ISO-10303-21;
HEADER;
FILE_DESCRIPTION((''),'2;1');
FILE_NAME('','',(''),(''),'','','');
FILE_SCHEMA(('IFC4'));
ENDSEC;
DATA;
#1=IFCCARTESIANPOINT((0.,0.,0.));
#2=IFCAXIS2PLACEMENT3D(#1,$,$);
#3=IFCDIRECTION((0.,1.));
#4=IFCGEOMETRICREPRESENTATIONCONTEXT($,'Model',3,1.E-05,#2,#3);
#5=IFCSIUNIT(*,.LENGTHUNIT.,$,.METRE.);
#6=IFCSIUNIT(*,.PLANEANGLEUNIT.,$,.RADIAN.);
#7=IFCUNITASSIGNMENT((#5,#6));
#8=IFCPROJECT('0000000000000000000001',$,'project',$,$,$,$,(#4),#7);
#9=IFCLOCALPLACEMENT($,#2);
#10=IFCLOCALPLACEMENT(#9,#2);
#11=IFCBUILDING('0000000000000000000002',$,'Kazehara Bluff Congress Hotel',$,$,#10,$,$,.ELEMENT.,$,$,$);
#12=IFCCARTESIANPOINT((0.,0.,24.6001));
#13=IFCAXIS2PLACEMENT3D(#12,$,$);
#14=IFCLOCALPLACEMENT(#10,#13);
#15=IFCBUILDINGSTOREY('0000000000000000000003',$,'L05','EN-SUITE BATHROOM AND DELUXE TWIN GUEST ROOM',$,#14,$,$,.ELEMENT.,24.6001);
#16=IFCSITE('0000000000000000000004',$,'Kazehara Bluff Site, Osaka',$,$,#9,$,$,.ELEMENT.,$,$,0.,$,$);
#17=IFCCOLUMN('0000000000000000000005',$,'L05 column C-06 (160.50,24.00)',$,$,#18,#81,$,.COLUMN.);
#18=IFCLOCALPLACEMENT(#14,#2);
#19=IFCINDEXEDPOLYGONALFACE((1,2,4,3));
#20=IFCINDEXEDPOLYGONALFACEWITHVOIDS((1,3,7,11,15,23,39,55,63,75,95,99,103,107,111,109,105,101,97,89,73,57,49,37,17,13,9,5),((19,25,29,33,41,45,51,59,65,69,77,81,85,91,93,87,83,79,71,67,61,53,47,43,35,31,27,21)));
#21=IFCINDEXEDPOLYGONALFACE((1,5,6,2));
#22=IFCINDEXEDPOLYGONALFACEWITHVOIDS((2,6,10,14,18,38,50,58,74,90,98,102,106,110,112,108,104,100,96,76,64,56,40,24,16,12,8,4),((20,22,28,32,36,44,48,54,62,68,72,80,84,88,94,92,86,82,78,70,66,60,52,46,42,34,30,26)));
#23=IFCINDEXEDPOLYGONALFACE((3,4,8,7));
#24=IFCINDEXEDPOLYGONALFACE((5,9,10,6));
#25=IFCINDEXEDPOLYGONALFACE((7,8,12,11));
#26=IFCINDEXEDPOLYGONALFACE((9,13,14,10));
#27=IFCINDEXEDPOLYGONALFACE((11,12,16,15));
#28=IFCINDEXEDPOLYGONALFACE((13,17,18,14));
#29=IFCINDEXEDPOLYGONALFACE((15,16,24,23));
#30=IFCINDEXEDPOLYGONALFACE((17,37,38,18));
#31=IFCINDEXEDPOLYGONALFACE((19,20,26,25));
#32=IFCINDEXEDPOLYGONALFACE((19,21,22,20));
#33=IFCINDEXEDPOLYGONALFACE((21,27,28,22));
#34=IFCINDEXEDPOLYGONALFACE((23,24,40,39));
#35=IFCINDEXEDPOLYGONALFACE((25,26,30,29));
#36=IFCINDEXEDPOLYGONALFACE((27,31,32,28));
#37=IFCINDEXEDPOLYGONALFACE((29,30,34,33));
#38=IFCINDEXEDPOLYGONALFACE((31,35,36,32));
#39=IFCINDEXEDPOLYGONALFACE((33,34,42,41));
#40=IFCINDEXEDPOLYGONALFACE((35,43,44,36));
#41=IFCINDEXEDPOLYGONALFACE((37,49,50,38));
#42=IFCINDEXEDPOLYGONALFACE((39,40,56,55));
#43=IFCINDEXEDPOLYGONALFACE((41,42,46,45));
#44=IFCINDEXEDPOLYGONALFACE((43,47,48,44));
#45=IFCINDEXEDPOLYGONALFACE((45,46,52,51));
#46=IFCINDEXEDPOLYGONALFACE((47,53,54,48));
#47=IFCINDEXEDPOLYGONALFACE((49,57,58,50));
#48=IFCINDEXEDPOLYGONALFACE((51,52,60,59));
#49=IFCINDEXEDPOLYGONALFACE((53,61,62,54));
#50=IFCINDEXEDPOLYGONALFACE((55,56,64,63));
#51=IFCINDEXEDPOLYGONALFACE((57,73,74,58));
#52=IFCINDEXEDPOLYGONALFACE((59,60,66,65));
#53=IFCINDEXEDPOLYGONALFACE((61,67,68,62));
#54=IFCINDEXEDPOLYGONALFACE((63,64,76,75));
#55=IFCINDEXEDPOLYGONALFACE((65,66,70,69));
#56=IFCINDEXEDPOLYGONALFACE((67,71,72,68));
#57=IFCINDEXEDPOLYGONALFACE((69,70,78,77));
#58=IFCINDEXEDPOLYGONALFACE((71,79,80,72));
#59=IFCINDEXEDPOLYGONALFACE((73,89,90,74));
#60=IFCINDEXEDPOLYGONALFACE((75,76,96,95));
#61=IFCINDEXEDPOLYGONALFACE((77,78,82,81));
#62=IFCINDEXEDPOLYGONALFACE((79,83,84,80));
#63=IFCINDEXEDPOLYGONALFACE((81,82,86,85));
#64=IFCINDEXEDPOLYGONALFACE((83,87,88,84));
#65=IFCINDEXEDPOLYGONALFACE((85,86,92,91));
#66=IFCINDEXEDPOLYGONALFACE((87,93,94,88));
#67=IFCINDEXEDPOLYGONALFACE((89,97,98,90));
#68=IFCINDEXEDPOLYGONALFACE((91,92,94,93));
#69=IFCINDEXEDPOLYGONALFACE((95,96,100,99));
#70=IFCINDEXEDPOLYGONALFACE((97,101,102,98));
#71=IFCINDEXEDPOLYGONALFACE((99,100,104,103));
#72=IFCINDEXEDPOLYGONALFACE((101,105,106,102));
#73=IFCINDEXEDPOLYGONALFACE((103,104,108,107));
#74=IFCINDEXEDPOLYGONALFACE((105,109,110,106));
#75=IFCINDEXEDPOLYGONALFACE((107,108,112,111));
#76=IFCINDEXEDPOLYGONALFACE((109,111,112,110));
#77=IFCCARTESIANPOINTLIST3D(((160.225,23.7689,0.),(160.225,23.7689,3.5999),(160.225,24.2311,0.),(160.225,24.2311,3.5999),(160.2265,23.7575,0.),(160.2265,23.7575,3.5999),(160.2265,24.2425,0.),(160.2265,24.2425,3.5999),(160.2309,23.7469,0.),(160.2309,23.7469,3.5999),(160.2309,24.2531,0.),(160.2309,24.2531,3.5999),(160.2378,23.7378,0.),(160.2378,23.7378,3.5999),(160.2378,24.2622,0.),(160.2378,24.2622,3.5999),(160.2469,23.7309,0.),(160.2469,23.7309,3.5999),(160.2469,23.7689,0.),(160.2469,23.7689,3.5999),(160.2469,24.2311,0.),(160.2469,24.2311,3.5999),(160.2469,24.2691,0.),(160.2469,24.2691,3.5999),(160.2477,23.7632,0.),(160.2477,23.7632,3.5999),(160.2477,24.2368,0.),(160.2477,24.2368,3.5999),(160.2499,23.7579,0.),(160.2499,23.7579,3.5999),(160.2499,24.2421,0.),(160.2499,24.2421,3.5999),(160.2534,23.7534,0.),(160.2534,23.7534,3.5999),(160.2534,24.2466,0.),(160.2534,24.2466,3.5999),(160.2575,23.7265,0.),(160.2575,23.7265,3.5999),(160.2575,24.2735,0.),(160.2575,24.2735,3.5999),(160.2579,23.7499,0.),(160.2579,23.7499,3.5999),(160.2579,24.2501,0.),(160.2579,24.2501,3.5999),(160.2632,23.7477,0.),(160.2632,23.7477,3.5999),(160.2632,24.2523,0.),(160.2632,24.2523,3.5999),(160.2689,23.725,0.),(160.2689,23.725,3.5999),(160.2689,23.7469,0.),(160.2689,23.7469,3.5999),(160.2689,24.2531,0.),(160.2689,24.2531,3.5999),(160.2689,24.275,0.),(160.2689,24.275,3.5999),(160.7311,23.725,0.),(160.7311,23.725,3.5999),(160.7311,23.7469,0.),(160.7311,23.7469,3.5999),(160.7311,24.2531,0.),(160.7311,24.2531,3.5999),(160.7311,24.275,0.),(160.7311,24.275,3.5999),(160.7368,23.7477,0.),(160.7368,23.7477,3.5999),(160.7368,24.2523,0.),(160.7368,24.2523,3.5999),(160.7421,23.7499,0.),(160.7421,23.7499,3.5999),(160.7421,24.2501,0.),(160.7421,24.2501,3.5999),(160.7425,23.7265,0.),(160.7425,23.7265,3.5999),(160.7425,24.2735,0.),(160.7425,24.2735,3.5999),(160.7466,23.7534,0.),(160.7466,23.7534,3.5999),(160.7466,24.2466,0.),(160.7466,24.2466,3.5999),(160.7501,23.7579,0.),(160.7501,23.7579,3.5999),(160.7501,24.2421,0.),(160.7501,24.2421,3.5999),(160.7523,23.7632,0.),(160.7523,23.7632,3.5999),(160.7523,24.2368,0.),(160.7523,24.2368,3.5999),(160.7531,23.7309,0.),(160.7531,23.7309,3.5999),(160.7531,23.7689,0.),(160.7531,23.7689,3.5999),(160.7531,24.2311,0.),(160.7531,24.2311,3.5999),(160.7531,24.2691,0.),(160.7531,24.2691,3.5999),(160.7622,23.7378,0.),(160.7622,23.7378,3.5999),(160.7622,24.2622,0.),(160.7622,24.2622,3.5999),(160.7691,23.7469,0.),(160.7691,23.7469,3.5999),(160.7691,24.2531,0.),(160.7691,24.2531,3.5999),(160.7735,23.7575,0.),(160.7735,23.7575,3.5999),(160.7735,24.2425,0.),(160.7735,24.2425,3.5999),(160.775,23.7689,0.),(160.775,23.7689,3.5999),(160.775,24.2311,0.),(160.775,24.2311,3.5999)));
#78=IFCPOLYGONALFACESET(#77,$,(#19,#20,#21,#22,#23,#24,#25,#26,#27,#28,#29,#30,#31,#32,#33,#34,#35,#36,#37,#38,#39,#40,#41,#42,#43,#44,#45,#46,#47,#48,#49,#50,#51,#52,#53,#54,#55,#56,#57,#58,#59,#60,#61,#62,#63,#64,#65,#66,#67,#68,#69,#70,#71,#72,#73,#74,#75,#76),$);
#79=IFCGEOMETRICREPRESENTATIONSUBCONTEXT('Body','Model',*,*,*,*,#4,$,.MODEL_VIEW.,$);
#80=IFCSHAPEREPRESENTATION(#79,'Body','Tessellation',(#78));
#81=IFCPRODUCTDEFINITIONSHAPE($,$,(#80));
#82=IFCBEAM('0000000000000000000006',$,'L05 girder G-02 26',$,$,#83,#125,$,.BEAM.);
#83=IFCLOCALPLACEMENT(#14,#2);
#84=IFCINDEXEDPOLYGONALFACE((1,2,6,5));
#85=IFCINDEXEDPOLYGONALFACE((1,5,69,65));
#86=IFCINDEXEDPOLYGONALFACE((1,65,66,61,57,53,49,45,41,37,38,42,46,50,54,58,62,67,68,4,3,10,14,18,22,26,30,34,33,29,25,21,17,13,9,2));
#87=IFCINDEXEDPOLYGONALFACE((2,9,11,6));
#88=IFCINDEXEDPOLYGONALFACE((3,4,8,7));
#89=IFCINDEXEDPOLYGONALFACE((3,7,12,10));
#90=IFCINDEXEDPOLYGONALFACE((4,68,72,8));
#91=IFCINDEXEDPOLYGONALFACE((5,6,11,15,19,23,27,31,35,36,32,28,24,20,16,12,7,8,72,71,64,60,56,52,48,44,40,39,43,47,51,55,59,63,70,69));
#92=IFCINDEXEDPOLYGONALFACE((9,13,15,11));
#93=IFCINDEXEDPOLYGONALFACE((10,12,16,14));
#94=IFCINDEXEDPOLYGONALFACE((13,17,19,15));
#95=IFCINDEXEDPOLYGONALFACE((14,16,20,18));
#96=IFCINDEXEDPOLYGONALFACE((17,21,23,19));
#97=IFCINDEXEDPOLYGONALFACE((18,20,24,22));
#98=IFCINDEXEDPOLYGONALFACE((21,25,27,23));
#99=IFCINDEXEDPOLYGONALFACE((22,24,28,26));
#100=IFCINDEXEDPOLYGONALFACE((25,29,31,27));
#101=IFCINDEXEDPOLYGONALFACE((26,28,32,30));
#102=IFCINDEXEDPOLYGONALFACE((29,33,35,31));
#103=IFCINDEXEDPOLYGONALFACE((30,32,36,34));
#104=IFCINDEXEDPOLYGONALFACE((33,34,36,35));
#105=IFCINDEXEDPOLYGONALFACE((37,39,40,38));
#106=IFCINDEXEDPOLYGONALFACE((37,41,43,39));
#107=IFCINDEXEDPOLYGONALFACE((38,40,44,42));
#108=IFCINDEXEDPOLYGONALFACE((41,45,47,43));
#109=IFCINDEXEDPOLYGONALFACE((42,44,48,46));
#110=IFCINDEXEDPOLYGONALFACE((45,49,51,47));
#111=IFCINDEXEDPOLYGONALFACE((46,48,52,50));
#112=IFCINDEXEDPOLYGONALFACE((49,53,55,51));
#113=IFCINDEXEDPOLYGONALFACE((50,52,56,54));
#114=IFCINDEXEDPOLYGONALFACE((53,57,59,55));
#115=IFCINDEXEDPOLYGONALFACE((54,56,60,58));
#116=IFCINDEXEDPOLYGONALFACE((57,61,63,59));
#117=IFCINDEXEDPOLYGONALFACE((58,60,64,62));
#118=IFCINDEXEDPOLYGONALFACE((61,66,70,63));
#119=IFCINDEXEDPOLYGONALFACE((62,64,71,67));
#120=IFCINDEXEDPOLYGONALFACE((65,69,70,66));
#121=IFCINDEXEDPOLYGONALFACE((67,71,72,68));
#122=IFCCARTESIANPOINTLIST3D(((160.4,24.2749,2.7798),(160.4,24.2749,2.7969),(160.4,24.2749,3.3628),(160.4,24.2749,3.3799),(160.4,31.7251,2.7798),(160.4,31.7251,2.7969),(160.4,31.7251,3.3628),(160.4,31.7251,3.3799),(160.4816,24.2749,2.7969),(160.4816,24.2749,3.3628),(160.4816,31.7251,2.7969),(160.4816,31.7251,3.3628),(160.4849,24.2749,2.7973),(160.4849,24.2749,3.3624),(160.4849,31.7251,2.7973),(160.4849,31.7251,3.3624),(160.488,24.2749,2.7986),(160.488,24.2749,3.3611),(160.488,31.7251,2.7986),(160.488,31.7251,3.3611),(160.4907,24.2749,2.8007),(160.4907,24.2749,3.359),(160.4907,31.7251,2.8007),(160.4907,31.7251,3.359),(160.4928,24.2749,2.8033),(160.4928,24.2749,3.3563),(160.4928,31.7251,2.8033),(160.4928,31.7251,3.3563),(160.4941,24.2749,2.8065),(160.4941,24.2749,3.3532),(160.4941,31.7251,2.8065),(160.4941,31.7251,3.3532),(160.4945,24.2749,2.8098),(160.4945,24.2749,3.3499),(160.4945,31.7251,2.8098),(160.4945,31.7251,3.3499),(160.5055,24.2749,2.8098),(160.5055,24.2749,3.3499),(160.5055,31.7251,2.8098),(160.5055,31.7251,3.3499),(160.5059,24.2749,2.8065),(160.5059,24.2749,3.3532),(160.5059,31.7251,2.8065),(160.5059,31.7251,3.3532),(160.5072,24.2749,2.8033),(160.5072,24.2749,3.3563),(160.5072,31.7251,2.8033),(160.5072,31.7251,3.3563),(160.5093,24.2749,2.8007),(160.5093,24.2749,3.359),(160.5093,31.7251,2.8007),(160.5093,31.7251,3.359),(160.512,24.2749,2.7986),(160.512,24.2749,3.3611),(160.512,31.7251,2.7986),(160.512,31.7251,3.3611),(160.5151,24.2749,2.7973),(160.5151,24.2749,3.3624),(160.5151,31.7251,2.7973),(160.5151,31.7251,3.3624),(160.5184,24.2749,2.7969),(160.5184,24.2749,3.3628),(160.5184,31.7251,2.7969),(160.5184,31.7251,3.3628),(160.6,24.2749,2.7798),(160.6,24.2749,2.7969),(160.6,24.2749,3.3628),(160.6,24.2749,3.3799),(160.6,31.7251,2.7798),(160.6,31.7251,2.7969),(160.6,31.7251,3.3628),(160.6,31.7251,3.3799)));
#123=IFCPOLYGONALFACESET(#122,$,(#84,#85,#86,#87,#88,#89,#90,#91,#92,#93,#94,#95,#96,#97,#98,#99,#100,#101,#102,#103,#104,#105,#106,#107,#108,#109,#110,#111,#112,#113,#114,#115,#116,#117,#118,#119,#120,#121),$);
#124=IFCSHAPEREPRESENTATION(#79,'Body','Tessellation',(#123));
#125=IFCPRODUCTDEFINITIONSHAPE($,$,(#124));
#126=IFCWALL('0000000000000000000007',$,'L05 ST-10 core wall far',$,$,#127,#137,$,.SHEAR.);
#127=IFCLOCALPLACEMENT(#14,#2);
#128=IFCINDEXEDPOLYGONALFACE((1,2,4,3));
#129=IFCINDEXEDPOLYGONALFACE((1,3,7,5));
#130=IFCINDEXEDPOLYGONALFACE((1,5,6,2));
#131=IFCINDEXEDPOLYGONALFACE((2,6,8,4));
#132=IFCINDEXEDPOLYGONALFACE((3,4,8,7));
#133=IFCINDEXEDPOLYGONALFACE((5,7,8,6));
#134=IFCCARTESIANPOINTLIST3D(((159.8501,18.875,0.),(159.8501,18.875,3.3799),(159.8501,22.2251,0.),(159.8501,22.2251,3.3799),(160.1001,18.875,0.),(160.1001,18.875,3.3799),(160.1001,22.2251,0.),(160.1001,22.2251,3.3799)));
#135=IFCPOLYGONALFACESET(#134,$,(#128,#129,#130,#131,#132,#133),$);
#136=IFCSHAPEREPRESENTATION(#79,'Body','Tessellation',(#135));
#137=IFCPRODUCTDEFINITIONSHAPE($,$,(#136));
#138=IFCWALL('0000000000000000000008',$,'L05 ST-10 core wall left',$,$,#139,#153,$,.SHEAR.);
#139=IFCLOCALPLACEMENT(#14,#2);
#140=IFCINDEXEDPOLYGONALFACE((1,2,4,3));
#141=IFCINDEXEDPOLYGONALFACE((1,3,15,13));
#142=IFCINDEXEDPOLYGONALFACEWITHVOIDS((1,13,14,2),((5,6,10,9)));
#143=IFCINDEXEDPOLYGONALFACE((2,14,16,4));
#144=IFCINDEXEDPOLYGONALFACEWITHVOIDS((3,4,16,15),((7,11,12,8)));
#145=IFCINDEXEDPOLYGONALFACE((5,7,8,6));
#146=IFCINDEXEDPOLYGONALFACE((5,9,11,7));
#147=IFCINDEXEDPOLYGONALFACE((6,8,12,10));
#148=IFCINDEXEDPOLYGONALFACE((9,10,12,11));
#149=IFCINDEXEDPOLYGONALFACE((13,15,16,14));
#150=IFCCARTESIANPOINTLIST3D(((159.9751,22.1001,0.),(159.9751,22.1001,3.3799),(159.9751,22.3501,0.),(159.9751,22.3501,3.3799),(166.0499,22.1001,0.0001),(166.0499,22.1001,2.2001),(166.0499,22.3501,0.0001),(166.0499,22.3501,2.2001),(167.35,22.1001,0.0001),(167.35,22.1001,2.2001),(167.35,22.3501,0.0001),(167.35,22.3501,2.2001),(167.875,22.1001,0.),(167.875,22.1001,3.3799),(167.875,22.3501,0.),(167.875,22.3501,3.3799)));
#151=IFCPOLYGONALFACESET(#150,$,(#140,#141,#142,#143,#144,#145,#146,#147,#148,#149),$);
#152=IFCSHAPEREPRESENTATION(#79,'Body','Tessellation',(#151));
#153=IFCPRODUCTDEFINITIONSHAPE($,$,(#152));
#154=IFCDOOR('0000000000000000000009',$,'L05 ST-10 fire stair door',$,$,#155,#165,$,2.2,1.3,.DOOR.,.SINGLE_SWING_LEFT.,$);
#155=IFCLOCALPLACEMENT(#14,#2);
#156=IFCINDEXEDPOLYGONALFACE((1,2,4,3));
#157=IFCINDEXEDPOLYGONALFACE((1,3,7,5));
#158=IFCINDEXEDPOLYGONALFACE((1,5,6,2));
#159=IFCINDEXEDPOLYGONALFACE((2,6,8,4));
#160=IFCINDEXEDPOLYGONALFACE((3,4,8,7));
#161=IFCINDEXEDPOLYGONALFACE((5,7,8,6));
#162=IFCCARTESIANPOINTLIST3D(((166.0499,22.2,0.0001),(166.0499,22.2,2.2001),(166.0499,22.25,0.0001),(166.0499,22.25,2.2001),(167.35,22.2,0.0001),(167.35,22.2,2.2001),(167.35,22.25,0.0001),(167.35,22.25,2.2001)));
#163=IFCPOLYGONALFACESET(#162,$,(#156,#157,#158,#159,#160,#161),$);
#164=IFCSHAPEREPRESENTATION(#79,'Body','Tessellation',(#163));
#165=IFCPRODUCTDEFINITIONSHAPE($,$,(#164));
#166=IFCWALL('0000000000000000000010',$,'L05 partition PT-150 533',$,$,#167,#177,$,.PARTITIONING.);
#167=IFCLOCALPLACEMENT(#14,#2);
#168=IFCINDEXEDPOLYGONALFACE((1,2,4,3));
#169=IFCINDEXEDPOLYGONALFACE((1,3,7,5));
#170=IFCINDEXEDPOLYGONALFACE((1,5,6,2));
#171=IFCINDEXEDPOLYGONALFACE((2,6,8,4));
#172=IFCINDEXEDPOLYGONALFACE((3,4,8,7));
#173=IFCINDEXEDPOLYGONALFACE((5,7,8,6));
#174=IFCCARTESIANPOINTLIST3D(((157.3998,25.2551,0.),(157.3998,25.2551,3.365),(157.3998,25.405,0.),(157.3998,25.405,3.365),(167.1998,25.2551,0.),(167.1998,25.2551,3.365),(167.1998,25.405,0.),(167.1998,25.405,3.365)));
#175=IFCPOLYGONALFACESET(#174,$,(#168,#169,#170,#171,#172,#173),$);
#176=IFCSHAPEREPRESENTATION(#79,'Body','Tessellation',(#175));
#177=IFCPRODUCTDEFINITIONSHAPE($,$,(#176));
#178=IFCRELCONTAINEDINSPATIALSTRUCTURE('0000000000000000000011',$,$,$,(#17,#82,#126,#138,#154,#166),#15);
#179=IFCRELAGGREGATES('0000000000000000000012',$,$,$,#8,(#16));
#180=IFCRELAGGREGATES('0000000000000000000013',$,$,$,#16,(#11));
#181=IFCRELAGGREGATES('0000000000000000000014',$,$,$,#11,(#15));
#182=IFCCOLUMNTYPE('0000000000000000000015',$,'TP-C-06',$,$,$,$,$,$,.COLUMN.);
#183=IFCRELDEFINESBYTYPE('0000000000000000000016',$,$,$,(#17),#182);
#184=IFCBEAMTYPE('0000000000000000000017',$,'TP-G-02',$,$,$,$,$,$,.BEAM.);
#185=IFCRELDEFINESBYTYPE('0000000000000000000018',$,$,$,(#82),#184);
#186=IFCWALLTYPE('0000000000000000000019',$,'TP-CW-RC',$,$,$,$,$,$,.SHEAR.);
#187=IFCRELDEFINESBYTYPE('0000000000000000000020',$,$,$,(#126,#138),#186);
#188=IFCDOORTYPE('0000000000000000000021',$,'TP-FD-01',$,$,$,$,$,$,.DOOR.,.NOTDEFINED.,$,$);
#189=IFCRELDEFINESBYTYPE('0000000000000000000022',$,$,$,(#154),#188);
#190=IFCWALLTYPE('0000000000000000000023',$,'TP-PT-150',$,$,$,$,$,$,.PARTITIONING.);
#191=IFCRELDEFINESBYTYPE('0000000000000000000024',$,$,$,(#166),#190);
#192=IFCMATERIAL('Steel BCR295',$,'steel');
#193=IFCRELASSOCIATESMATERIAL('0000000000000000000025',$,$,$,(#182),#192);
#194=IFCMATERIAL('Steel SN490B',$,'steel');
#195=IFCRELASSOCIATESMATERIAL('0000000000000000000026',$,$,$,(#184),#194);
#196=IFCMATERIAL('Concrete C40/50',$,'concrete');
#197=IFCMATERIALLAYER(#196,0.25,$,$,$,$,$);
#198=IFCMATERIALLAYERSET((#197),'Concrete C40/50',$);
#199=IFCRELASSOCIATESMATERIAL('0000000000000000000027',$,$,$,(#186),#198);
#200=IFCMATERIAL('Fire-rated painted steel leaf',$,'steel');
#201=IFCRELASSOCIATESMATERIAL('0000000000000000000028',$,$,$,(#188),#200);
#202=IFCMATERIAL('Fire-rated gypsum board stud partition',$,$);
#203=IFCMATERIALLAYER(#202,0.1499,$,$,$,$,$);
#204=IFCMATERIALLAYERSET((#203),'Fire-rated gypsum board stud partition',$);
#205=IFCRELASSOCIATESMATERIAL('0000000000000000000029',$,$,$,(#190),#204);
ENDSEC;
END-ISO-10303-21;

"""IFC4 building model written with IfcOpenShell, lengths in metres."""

from ifc_helpers import new_model, si_unit, direction, frame, frame_2d, origin, origin_2d, place, context, subcontext, project, spatial, rectangle, hollow_rectangle, i_section, extrude, material, layer, layer_set, material_profile, profile_set, type_object, element, fill, save


model = new_model("IFC4")

# Units and contexts
model_context = context("Model", 3, precision=1e-05, world=origin(), true_north=direction((0.0, 1.0)))
body_context = subcontext(model_context, "Body", "Model", "MODEL_VIEW")
ifc_project = project(units=[si_unit("LENGTHUNIT", "METRE"), si_unit("PLANEANGLEUNIT", "RADIAN")], contexts=[model_context])

# Site, building, storey
site_placement = place(None, origin())
site = spatial("IfcSite", under=ifc_project, at=site_placement, Name="Kazehara Bluff Site, Osaka", CompositionType="ELEMENT", RefElevation=0.0)
building_placement = place(site_placement, origin())
building = spatial("IfcBuilding", under=site, at=building_placement, Name="Kazehara Bluff Congress Hotel", CompositionType="ELEMENT")
storey_placement = place(building_placement, frame((0.0, 0.0, 24.6001)))
storey = spatial("IfcBuildingStorey", under=building, at=storey_placement, Name="L05", Description="EN-SUITE BATHROOM AND DELUXE TWIN GUEST ROOM", CompositionType="ELEMENT", Elevation=24.6001)

# Column
ifc_material_1 = material(Name="Steel BCR295", Category="steel")
ifc_material_profile_1 = material_profile(ifc_material_1, hollow_rectangle(XDim=0.55, YDim=0.55, WallThickness=0.022, InnerFilletRadius=0.022, OuterFilletRadius=0.0439, at=origin_2d()))
ifc_profile_set_1 = profile_set([ifc_material_profile_1], Name="Steel BCR295")
column_type = type_object("IfcColumnType", Name="TP-C-06", PredefinedType="COLUMN", material=ifc_profile_set_1)
column_placement = place(storey_placement, frame((160.5, 24.0, 0.0), z_axis=(0.0, 0.0, 1.0), x_axis=(1.0, 0.0, 0.0)))
element("IfcColumn", 1, at=column_placement, inside=storey, type_object=column_type, Name="L05 column C-06 (160.50,24.00)", PredefinedType="COLUMN", context=body_context, shape_type="SweptSolid", body=[
    extrude(hollow_rectangle(XDim=0.55, YDim=0.55, WallThickness=0.022, InnerFilletRadius=0.022, OuterFilletRadius=0.0439, at=origin_2d()), origin(), (0.0, 0.0, 1.0), 3.5999),
])

# Beam
ifc_material_2 = material(Name="Steel SN490B", Category="steel")
ifc_material_profile_2 = material_profile(ifc_material_2, i_section(OverallWidth=0.2, OverallDepth=0.6001, WebThickness=0.011, FlangeThickness=0.0171, FilletRadius=0.0129, at=origin_2d()))
ifc_profile_set_2 = profile_set([ifc_material_profile_2], Name="Steel SN490B")
beam_type = type_object("IfcBeamType", Name="TP-G-02", PredefinedType="BEAM", material=ifc_profile_set_2)
beam_placement = place(storey_placement, frame((160.5, 24.2749, 3.0798), z_axis=(0.0, 1.0, 0.0), x_axis=(-1.0, 0.0, 0.0)))
element("IfcBeam", 2, at=beam_placement, inside=storey, type_object=beam_type, Name="L05 girder G-02 26", PredefinedType="BEAM", context=body_context, shape_type="SweptSolid", body=[
    extrude(i_section(OverallWidth=0.2, OverallDepth=0.6001, WebThickness=0.011, FlangeThickness=0.0171, FilletRadius=0.0129, at=origin_2d()), origin(), (0.0, 0.0, 1.0), 7.4502),
])

# Wall
ifc_material_3 = material(Name="Concrete C40/50", Category="concrete")
ifc_layer_1 = layer(ifc_material_3, 0.25)
ifc_layer_set_1 = layer_set([ifc_layer_1], Name="Concrete C40/50")
wall_type_1 = type_object("IfcWallType", Name="TP-CW-RC", PredefinedType="SHEAR", material=ifc_layer_set_1)
wall_1_placement = place(storey_placement, frame((159.9751, 18.875, 0.0), z_axis=(0.0, 0.0, 1.0), x_axis=(0.0, 1.0, 0.0)))
element("IfcWall", 3, at=wall_1_placement, inside=storey, type_object=wall_type_1, Name="L05 ST-10 core wall far", PredefinedType="SHEAR", context=body_context, shape_type="SweptSolid", body=[
    extrude(rectangle(XDim=3.3501, YDim=0.25, at=frame_2d((1.675, 0.0))), origin(), (0.0, 0.0, 1.0), 3.3799),
])

# Wall, opening, door
wall_2_placement = place(storey_placement, frame((159.9751, 22.2251, 0.0), z_axis=(0.0, 0.0, 1.0), x_axis=(1.0, 0.0, 0.0)))
wall_2 = element("IfcWall", 4, at=wall_2_placement, inside=storey, type_object=wall_type_1, Name="L05 ST-10 core wall left", PredefinedType="SHEAR", context=body_context, shape_type="SweptSolid", body=[
    extrude(rectangle(XDim=7.8999, YDim=0.25, at=frame_2d((3.95, 0.0))), origin(), (0.0, 0.0, 1.0), 3.3799),
])
opening_placement = place(wall_2_placement, frame((6.075, 0.0, 0.0)))
opening = element("IfcOpeningElement", 5, at=opening_placement, cuts=wall_2, PredefinedType="OPENING", context=body_context, shape_type="SweptSolid", body=[
    extrude(rectangle(XDim=1.3, YDim=2.2, at=frame_2d((0.6499, 1.1001))), frame((0.0, 0.135, 0.0), z_axis=(0.0, -1.0, 0.0), x_axis=(1.0, 0.0, 0.0)), (0.0, 0.0, 1.0), 0.27),
])
ifc_material_4 = material(Name="Fire-rated painted steel leaf", Category="steel")
door_type = type_object("IfcDoorType", Name="TP-FD-01", OperationType="NOTDEFINED", PredefinedType="DOOR", material=ifc_material_4)
door_placement = place(opening_placement, origin())
door = element("IfcDoor", 6, at=door_placement, inside=storey, type_object=door_type, Name="L05 ST-10 fire stair door", OperationType="SINGLE_SWING_LEFT", OverallHeight=2.2, OverallWidth=1.3, PredefinedType="DOOR", context=body_context, shape_type="SweptSolid", body=[
    extrude(rectangle(XDim=1.3, YDim=2.2, at=frame_2d((0.6499, 1.1001))), frame((0.0, 0.0249, 0.0), z_axis=(0.0, -1.0, 0.0), x_axis=(1.0, 0.0, 0.0)), (0.0, 0.0, 1.0), 0.05),
])
fill(opening, door)

# Wall
ifc_material_5 = material(Name="Fire-rated gypsum board stud partition")
ifc_layer_2 = layer(ifc_material_5, 0.1499)
ifc_layer_set_2 = layer_set([ifc_layer_2], Name="Fire-rated gypsum board stud partition")
wall_type_2 = type_object("IfcWallType", Name="TP-PT-150", PredefinedType="PARTITIONING", material=ifc_layer_set_2)
wall_3_placement = place(storey_placement, frame((157.3999, 25.3301, 0.0), z_axis=(0.0, 0.0, 1.0), x_axis=(1.0, 0.0, 0.0)))
element("IfcWall", 7, at=wall_3_placement, inside=storey, type_object=wall_type_2, Name="L05 partition PT-150 533", PredefinedType="PARTITIONING", context=body_context, shape_type="SweptSolid", body=[
    extrude(rectangle(XDim=9.8, YDim=0.1499, at=frame_2d((4.8999, 0.0))), origin(), (0.0, 0.0, 1.0), 3.365),
])

save(model, "model.ifc")
